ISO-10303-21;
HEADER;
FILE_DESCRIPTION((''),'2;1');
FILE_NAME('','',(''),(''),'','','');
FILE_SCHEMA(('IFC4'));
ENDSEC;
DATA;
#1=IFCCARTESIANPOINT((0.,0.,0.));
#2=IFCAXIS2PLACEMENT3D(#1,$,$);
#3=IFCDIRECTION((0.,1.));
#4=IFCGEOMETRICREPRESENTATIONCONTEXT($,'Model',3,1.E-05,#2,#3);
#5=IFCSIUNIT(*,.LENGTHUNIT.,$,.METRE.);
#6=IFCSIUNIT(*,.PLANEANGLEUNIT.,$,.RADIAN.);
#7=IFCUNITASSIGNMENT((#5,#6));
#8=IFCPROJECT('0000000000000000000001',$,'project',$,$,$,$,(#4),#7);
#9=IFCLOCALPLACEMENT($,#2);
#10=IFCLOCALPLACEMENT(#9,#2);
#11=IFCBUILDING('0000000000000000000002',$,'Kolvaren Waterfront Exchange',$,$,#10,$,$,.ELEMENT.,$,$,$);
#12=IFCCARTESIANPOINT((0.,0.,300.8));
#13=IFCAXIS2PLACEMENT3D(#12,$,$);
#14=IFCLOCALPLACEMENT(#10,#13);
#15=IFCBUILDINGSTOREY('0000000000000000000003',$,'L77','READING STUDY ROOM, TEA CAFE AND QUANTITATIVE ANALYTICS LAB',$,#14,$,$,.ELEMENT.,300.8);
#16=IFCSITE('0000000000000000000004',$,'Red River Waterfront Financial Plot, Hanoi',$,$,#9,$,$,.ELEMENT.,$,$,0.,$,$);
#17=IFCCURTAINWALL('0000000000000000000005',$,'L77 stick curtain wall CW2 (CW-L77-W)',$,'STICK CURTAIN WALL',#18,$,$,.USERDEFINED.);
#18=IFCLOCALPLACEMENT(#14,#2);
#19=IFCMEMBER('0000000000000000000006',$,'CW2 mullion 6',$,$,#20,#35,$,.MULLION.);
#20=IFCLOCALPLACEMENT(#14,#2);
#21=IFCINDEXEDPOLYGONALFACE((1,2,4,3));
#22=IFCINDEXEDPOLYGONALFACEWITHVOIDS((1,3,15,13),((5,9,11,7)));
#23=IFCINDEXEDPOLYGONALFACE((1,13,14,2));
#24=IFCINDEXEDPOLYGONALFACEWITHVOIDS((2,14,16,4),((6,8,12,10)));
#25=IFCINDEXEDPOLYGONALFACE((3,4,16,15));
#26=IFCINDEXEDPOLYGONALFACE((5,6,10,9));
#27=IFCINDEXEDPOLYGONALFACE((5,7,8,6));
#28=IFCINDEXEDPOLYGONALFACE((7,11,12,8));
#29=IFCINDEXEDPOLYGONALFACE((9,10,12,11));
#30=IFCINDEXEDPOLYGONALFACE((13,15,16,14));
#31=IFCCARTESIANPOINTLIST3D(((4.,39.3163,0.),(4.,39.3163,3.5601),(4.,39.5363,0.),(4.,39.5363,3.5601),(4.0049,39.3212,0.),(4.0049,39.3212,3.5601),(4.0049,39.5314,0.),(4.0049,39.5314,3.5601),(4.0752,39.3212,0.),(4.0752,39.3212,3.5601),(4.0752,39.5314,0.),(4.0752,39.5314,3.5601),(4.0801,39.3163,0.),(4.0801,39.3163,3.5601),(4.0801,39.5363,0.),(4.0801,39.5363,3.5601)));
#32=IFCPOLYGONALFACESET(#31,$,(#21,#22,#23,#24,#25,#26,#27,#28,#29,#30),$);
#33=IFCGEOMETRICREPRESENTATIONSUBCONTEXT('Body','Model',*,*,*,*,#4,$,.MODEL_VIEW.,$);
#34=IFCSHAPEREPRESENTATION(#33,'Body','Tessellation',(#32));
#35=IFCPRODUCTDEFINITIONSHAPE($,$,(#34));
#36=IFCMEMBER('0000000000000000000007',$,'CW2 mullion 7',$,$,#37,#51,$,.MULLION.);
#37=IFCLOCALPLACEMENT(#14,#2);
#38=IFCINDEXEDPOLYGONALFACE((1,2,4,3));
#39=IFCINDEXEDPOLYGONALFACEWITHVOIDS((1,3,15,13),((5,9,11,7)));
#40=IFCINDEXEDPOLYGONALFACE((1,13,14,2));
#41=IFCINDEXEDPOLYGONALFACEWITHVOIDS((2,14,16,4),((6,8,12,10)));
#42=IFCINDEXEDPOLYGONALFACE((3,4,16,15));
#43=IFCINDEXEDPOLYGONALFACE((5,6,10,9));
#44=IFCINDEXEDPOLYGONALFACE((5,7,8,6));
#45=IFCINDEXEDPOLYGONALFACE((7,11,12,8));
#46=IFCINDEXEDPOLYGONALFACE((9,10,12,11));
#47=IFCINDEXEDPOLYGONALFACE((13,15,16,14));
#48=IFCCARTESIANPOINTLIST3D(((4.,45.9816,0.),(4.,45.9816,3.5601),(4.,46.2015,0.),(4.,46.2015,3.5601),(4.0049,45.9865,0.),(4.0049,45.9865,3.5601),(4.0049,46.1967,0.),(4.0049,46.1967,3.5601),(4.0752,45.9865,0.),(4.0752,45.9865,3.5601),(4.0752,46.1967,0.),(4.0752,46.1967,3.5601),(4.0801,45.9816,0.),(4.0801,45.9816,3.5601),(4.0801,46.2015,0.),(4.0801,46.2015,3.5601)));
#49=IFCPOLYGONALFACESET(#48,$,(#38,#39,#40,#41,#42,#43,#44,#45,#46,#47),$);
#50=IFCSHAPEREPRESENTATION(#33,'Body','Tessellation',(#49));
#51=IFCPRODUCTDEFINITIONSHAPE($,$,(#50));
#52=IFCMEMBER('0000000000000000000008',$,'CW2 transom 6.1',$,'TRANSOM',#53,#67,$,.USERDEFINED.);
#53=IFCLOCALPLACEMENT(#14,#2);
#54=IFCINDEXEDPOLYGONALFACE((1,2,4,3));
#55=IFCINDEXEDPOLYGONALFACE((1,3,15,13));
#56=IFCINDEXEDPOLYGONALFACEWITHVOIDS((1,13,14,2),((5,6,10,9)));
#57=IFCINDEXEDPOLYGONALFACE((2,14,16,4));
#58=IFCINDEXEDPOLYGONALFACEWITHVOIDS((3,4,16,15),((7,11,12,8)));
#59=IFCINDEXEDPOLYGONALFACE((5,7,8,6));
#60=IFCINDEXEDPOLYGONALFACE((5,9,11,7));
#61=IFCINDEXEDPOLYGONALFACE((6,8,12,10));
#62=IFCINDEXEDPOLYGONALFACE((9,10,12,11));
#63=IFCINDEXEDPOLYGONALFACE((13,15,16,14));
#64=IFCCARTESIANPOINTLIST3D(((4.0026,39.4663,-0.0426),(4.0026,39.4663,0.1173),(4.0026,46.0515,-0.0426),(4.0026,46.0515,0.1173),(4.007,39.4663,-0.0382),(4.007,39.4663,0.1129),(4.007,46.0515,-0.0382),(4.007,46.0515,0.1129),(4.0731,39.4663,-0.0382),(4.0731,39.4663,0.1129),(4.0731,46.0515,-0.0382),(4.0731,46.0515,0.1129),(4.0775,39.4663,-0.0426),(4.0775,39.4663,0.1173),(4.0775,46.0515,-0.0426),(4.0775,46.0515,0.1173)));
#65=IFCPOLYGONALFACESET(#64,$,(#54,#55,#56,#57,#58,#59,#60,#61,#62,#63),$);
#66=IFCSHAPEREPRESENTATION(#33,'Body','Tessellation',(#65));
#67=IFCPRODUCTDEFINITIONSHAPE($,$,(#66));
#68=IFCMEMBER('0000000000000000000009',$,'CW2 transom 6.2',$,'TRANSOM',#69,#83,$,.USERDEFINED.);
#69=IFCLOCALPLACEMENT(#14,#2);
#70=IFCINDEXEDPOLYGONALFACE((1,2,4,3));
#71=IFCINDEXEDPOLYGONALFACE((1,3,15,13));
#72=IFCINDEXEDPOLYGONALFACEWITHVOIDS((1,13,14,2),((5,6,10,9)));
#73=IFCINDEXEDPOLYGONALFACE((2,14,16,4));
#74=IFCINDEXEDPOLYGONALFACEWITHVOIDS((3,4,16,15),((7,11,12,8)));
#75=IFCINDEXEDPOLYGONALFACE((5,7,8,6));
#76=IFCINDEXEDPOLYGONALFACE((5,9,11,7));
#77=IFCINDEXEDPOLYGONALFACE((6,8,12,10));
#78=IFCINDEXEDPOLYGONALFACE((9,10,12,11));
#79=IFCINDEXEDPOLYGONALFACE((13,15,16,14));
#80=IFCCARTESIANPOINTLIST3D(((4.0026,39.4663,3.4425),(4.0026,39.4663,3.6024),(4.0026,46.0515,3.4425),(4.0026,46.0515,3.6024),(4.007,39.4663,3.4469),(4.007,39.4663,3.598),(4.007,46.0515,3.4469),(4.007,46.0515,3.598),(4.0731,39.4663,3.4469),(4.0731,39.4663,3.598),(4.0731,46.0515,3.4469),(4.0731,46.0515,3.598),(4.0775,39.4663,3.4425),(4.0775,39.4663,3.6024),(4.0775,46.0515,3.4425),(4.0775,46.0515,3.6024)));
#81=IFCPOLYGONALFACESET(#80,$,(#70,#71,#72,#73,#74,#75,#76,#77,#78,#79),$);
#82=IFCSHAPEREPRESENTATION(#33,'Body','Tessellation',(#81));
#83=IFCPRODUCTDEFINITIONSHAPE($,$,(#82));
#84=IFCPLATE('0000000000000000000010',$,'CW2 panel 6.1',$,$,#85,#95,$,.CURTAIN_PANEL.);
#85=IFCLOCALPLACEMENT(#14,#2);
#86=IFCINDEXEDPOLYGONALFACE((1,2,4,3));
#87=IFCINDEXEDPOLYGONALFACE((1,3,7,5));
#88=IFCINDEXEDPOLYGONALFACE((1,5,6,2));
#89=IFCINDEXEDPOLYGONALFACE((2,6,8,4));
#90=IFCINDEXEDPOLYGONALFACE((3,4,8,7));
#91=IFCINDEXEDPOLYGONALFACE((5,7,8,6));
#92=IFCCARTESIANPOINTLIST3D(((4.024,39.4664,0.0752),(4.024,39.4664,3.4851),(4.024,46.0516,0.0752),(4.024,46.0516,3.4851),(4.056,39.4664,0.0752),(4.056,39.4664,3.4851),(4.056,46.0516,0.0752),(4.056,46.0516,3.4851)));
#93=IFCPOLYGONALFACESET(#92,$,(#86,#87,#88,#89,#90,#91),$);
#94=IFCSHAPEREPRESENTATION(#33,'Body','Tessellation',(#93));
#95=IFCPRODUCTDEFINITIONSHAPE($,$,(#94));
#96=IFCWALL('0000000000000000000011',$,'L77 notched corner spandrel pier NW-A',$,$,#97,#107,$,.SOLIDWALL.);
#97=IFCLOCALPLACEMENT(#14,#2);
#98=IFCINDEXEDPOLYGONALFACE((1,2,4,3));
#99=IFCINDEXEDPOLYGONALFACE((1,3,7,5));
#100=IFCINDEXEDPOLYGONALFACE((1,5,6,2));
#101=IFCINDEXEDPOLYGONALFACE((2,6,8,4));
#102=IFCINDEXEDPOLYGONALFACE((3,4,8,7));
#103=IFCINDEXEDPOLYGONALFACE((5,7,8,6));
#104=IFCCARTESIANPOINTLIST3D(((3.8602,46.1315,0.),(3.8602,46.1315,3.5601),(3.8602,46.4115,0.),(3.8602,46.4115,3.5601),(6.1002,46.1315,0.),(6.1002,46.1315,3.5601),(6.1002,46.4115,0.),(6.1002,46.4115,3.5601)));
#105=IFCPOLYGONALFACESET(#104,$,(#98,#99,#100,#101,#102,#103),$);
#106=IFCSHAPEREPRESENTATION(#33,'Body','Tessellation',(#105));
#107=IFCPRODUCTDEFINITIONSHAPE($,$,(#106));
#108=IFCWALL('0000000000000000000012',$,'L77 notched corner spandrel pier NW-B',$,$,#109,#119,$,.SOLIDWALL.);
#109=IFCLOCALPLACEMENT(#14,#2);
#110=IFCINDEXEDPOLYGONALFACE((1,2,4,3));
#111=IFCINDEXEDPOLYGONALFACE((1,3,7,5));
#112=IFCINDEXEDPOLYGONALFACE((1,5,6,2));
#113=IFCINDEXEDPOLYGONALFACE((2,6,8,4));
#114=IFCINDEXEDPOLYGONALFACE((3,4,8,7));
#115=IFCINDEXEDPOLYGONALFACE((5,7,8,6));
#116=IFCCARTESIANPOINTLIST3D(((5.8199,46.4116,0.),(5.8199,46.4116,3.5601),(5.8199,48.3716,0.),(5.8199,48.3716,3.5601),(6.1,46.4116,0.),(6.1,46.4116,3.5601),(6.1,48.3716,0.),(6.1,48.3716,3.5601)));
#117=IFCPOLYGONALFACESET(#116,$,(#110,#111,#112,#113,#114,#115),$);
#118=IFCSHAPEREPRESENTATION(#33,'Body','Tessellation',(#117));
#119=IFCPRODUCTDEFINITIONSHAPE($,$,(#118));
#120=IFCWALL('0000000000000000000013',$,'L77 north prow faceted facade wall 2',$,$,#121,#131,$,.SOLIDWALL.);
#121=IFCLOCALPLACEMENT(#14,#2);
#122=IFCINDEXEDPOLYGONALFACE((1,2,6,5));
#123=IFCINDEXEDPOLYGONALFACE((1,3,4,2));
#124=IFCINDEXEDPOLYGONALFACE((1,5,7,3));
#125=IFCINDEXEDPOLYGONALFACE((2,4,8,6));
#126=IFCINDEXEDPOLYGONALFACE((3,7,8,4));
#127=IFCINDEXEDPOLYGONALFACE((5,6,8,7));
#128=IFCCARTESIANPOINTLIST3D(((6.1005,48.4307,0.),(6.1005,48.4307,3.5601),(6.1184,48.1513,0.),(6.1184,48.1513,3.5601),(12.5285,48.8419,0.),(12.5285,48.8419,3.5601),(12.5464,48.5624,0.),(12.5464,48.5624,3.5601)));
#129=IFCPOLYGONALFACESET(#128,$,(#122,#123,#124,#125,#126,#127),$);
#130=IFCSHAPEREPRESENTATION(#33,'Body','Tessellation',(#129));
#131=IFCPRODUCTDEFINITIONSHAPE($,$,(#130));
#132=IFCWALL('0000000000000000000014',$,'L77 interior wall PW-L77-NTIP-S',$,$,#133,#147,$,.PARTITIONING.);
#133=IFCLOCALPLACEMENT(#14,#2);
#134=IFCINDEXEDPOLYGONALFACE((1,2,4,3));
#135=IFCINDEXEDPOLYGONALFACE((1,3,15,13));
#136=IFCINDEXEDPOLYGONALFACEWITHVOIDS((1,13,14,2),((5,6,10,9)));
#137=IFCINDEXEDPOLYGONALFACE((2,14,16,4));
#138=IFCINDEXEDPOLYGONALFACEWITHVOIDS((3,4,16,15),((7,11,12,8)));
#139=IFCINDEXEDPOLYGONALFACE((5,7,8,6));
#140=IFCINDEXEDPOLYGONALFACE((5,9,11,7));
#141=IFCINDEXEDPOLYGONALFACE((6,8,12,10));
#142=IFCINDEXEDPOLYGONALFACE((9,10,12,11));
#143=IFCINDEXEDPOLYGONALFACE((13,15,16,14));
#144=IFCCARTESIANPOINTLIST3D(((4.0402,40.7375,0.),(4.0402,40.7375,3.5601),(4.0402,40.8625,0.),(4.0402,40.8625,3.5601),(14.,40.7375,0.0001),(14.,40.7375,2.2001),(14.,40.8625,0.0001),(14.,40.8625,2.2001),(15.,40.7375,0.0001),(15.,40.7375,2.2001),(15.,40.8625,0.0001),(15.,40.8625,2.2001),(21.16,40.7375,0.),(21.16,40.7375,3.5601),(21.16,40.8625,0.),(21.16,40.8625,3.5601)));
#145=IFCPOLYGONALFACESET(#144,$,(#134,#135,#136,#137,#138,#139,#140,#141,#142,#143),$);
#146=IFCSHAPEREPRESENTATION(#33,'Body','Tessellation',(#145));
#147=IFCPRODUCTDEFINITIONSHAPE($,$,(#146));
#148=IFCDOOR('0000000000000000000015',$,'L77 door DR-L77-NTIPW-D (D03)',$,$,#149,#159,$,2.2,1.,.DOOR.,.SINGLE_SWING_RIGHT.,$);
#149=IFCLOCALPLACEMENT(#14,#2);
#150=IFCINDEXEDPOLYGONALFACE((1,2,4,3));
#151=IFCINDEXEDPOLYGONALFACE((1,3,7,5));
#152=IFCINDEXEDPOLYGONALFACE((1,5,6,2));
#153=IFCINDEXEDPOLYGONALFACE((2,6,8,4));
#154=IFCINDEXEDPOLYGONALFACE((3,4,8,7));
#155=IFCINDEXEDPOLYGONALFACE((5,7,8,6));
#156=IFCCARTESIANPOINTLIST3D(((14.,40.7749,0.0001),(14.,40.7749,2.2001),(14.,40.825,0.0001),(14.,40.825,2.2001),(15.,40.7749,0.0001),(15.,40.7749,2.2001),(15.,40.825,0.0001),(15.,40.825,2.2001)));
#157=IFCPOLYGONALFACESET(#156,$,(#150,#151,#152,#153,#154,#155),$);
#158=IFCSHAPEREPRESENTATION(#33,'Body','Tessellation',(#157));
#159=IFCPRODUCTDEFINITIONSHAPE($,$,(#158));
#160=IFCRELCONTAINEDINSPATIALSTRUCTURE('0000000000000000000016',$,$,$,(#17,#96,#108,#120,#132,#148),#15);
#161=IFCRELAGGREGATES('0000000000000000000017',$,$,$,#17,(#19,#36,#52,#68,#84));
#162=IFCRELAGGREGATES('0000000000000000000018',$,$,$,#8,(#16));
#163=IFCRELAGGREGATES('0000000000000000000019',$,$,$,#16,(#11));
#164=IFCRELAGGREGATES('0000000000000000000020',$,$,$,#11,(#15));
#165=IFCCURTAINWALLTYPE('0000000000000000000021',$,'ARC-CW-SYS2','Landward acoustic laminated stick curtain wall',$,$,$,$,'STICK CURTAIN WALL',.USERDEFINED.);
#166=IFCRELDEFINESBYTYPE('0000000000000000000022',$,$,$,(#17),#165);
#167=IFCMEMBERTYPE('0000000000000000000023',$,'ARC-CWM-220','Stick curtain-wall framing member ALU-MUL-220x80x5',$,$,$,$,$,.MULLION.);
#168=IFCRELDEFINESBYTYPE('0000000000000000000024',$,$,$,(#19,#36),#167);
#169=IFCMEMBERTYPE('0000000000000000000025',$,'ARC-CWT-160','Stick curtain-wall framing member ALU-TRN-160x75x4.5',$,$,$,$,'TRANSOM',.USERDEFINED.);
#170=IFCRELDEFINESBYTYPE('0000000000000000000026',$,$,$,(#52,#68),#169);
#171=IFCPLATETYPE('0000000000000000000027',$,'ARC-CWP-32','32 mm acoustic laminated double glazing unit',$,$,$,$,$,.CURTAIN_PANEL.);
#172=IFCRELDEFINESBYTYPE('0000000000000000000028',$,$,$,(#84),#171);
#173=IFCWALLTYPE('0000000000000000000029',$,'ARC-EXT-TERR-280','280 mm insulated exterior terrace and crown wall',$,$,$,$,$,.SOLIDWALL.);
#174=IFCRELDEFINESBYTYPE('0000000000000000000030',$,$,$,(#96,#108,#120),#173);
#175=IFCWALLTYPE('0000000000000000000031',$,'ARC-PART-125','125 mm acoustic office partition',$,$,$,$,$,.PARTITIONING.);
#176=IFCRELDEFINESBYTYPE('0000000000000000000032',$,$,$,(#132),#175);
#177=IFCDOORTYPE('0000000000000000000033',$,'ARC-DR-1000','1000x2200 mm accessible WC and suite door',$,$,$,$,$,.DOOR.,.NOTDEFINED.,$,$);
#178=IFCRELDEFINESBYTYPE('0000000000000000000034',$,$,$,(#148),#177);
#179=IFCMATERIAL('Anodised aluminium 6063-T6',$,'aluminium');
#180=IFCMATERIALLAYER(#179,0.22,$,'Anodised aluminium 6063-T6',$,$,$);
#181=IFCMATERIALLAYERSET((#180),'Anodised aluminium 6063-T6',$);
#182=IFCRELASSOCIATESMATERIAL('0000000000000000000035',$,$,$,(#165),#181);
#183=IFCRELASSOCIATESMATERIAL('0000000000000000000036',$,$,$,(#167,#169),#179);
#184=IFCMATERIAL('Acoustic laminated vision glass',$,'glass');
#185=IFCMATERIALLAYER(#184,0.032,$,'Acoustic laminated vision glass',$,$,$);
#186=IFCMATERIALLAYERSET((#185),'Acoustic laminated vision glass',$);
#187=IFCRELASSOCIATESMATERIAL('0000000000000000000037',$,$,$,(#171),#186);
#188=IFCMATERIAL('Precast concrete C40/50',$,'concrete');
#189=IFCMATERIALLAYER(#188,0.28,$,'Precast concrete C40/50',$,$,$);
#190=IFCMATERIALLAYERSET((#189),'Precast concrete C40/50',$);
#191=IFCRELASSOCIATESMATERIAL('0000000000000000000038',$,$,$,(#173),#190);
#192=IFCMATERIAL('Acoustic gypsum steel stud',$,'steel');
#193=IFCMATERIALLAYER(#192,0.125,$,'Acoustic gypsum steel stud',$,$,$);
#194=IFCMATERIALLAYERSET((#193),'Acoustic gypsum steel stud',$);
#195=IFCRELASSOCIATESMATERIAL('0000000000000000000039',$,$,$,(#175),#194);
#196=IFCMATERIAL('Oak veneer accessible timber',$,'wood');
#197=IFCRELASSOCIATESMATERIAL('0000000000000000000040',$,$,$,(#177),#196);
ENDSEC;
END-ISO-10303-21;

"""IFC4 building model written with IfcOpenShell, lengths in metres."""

from ifc_helpers import new_model, si_unit, direction, frame, frame_2d, origin, origin_with_axes, origin_2d, place, context, subcontext, project, spatial, rectangle, hollow_rectangle, extrude, source, transform, mapped, material, layer, layer_set, material_profile, profile_set, type_object, element, fill, aggregate, save


model = new_model("IFC4")

# Units and contexts
model_context = context("Model", 3, precision=1e-05, world=origin(), true_north=direction((0.0, 1.0)))
body_context = subcontext(model_context, "Body", "Model", "MODEL_VIEW")
ifc_project = project(units=[si_unit("LENGTHUNIT", "METRE"), si_unit("PLANEANGLEUNIT", "RADIAN")], contexts=[model_context])

# Site, building, storey
site_placement = place(None, origin())
site = spatial("IfcSite", under=ifc_project, at=site_placement, Name="Red River Waterfront Financial Plot, Hanoi", CompositionType="ELEMENT", RefElevation=0.0)
building_placement = place(site_placement, origin())
building = spatial("IfcBuilding", under=site, at=building_placement, Name="Kolvaren Waterfront Exchange", CompositionType="ELEMENT")
storey_placement = place(building_placement, frame((0.0, 0.0, 300.8)))
storey = spatial("IfcBuildingStorey", under=building, at=storey_placement, Name="L77", Description="READING STUDY ROOM, TEA CAFE AND QUANTITATIVE ANALYTICS LAB", CompositionType="ELEMENT", Elevation=300.8)

# Curtain wall, members, plate
ifc_material_1 = material(Name="Anodised aluminium 6063-T6", Category="aluminium")
ifc_layer_1 = layer(ifc_material_1, 0.22, Name="Anodised aluminium 6063-T6")
ifc_layer_set_1 = layer_set([ifc_layer_1], Name="Anodised aluminium 6063-T6")
curtain_wall_type = type_object("IfcCurtainWallType", Name="ARC-CW-SYS2", Description="Landward acoustic laminated stick curtain wall", ElementType="STICK CURTAIN WALL", PredefinedType="USERDEFINED", material=ifc_layer_set_1)
curtain_wall_placement = place(storey_placement, origin())
curtain_wall = element("IfcCurtainWall", 1, at=curtain_wall_placement, inside=storey, type_object=curtain_wall_type, Name="L77 stick curtain wall CW2 (CW-L77-W)", ObjectType="STICK CURTAIN WALL", PredefinedType="USERDEFINED")
ifc_material_profile_1 = material_profile(ifc_material_1, hollow_rectangle(XDim=0.0801, YDim=0.22, WallThickness=0.0049, at=origin_2d()), Name="ALU-MUL-220x80x5")
ifc_profile_set_1 = profile_set([ifc_material_profile_1], Name="Anodised aluminium 6063-T6")
member_type_1 = type_object("IfcMemberType", Name="ARC-CWM-220", Description="Stick curtain-wall framing member ALU-MUL-220x80x5", PredefinedType="MULLION", material=ifc_profile_set_1)
shared_shape_1 = source(origin_with_axes(), body_context, "Body", "SweptSolid", [
    extrude(hollow_rectangle(XDim=0.0801, YDim=0.22, WallThickness=0.0049, at=origin_2d()), origin(), (0.0, 0.0, 1.0), 3.5601),
])
member_1_placement = place(storey_placement, frame((4.04, 39.4263, 0.0), z_axis=(0.0, 0.0, 1.0), x_axis=(-1.0, 0.0, 0.0)))
member_1 = element("IfcMember", 2, at=member_1_placement, type_object=member_type_1, Name="CW2 mullion 6", PredefinedType="MULLION", context=body_context, shape_type="MappedRepresentation", body=[
    mapped(shared_shape_1, transform((0.0, 0.0, 0.0), x_axis=(1.0, 0.0, 0.0), y_axis=(0.0, 1.0, 0.0), z_axis=(0.0, 0.0, 1.0), scale=1.0)),
])
member_2_placement = place(storey_placement, frame((4.04, 46.0916, 0.0), z_axis=(0.0, 0.0, 1.0), x_axis=(-1.0, 0.0, 0.0)))
member_2 = element("IfcMember", 3, at=member_2_placement, type_object=member_type_1, Name="CW2 mullion 7", PredefinedType="MULLION", context=body_context, shape_type="MappedRepresentation", body=[
    mapped(shared_shape_1, transform((0.0, 0.0, 0.0), x_axis=(1.0, 0.0, 0.0), y_axis=(0.0, 1.0, 0.0), z_axis=(0.0, 0.0, 1.0), scale=1.0)),
])
ifc_material_profile_2 = material_profile(ifc_material_1, hollow_rectangle(XDim=0.075, YDim=0.1599, WallThickness=0.0044, at=origin_2d()), Name="ALU-TRN-160x75x4.5")
ifc_profile_set_2 = profile_set([ifc_material_profile_2], Name="Anodised aluminium 6063-T6")
member_type_2 = type_object("IfcMemberType", Name="ARC-CWT-160", Description="Stick curtain-wall framing member ALU-TRN-160x75x4.5", ElementType="TRANSOM", PredefinedType="USERDEFINED", material=ifc_profile_set_2)
shared_shape_2 = source(origin_with_axes(), body_context, "Body", "SweptSolid", [
    extrude(hollow_rectangle(XDim=0.075, YDim=0.1599, WallThickness=0.0044, at=origin_2d()), origin(), (0.0, 0.0, 1.0), 6.5852),
])
member_3_placement = place(storey_placement, frame((4.04, 39.4663, 0.0374), z_axis=(0.0, 1.0, 0.0), x_axis=(-1.0, 0.0, 0.0)))
member_3 = element("IfcMember", 4, at=member_3_placement, type_object=member_type_2, Name="CW2 transom 6.1", ObjectType="TRANSOM", PredefinedType="USERDEFINED", context=body_context, shape_type="MappedRepresentation", body=[
    mapped(shared_shape_2, transform((0.0, 0.0, 0.0), x_axis=(1.0, 0.0, 0.0), y_axis=(0.0, 1.0, 0.0), z_axis=(0.0, 0.0, 1.0), scale=1.0)),
])
member_4_placement = place(storey_placement, frame((4.04, 39.4663, 3.5225), z_axis=(0.0, 1.0, 0.0), x_axis=(-1.0, 0.0, 0.0)))
member_4 = element("IfcMember", 5, at=member_4_placement, type_object=member_type_2, Name="CW2 transom 6.2", ObjectType="TRANSOM", PredefinedType="USERDEFINED", context=body_context, shape_type="MappedRepresentation", body=[
    mapped(shared_shape_2, transform((0.0, 0.0, 0.0), x_axis=(1.0, 0.0, 0.0), y_axis=(0.0, 1.0, 0.0), z_axis=(0.0, 0.0, 1.0), scale=1.0)),
])
ifc_material_2 = material(Name="Acoustic laminated vision glass", Category="glass")
ifc_layer_2 = layer(ifc_material_2, 0.032, Name="Acoustic laminated vision glass")
ifc_layer_set_2 = layer_set([ifc_layer_2], Name="Acoustic laminated vision glass")
plate_type = type_object("IfcPlateType", Name="ARC-CWP-32", Description="32 mm acoustic laminated double glazing unit", PredefinedType="CURTAIN_PANEL", material=ifc_layer_set_2)
shared_shape_3 = source(origin_with_axes(), body_context, "Body", "SweptSolid", [
    extrude(rectangle(XDim=6.5852, YDim=0.032, at=origin_2d()), origin(), (0.0, 0.0, 1.0), 3.4099),
])
plate_placement = place(storey_placement, frame((4.04, 42.759, 0.0752), z_axis=(0.0, 0.0, 1.0), x_axis=(0.0, 1.0, 0.0)))
plate = element("IfcPlate", 6, at=plate_placement, type_object=plate_type, Name="CW2 panel 6.1", PredefinedType="CURTAIN_PANEL", context=body_context, shape_type="MappedRepresentation", body=[
    mapped(shared_shape_3, transform((0.0, 0.0, 0.0), x_axis=(1.0, 0.0, 0.0), y_axis=(0.0, 1.0, 0.0), z_axis=(0.0, 0.0, 1.0), scale=1.0)),
])
aggregate(curtain_wall, [member_1, member_2, member_3, member_4, plate])

# Walls
ifc_material_3 = material(Name="Precast concrete C40/50", Category="concrete")
ifc_layer_3 = layer(ifc_material_3, 0.28, Name="Precast concrete C40/50")
ifc_layer_set_3 = layer_set([ifc_layer_3], Name="Precast concrete C40/50")
wall_type_1 = type_object("IfcWallType", Name="ARC-EXT-TERR-280", Description="280 mm insulated exterior terrace and crown wall", PredefinedType="SOLIDWALL", material=ifc_layer_set_3)
wall_1_placement = place(storey_placement, frame((3.8601, 46.2715, 0.0), z_axis=(0.0, 0.0, 1.0), x_axis=(1.0, 0.0, 0.0)))
element("IfcWall", 7, at=wall_1_placement, inside=storey, type_object=wall_type_1, Name="L77 notched corner spandrel pier NW-A", PredefinedType="SOLIDWALL", context=body_context, shape_type="SweptSolid", body=[
    extrude(rectangle(XDim=2.24, YDim=0.28, at=frame_2d((1.1201, 0.0))), origin(), (0.0, 0.0, 1.0), 3.5601),
])
wall_2_placement = place(storey_placement, frame((5.96, 46.4116, 0.0), z_axis=(0.0, 0.0, 1.0), x_axis=(0.0, 1.0, 0.0)))
element("IfcWall", 8, at=wall_2_placement, inside=storey, type_object=wall_type_1, Name="L77 notched corner spandrel pier NW-B", PredefinedType="SOLIDWALL", context=body_context, shape_type="SweptSolid", body=[
    extrude(rectangle(XDim=1.96, YDim=0.28, at=frame_2d((0.98, 0.0))), origin(), (0.0, 0.0, 1.0), 3.5601),
])
wall_3_placement = place(storey_placement, frame((12.5376, 48.7021, 0.0), z_axis=(0.0, 0.0, 1.0), x_axis=(-0.997961, -0.063829, 0.0)))
element("IfcWall", 9, at=wall_3_placement, inside=storey, type_object=wall_type_1, Name="L77 north prow faceted facade wall 2", PredefinedType="SOLIDWALL", context=body_context, shape_type="SweptSolid", body=[
    extrude(rectangle(XDim=6.4412, YDim=0.28, at=frame_2d((3.2207, 0.0))), origin(), (0.0, 0.0, 1.0), 3.5601),
])

# Wall, opening, door
ifc_material_4 = material(Name="Acoustic gypsum steel stud", Category="steel")
ifc_layer_4 = layer(ifc_material_4, 0.125, Name="Acoustic gypsum steel stud")
ifc_layer_set_4 = layer_set([ifc_layer_4], Name="Acoustic gypsum steel stud")
wall_type_2 = type_object("IfcWallType", Name="ARC-PART-125", Description="125 mm acoustic office partition", PredefinedType="PARTITIONING", material=ifc_layer_set_4)
wall_4_placement = place(storey_placement, frame((4.04, 40.8, 0.0), z_axis=(0.0, 0.0, 1.0), x_axis=(1.0, 0.0, 0.0)))
wall_4 = element("IfcWall", 10, at=wall_4_placement, inside=storey, type_object=wall_type_2, Name="L77 interior wall PW-L77-NTIP-S", PredefinedType="PARTITIONING", context=body_context, shape_type="SweptSolid", body=[
    extrude(rectangle(XDim=17.1199, YDim=0.125, at=frame_2d((8.5601, 0.0))), origin(), (0.0, 0.0, 1.0), 3.5601),
])
opening_1_placement = place(wall_4_placement, frame((9.96, 0.0, 0.0)))
opening_1 = element("IfcOpeningElement", 11, at=opening_1_placement, cuts=wall_4, PredefinedType="OPENING", context=body_context, shape_type="SweptSolid", body=[
    extrude(rectangle(XDim=1.0, YDim=2.2, at=frame_2d((0.5, 1.1001))), frame((0.0, 0.0725, 0.0), z_axis=(0.0, -1.0, 0.0), x_axis=(1.0, 0.0, 0.0)), (0.0, 0.0, 1.0), 0.145),
])
ifc_material_5 = material(Name="Oak veneer accessible timber", Category="wood")
door_type_1 = type_object("IfcDoorType", Name="ARC-DR-1000", Description="1000x2200 mm accessible WC and suite door", OperationType="NOTDEFINED", PredefinedType="DOOR", material=ifc_material_5)
door_1_placement = place(opening_1_placement, origin())
door_1 = element("IfcDoor", 12, at=door_1_placement, inside=storey, type_object=door_type_1, Name="L77 door DR-L77-NTIPW-D (D03)", OperationType="SINGLE_SWING_RIGHT", OverallHeight=2.2, OverallWidth=1.0, PredefinedType="DOOR", context=body_context, shape_type="SweptSolid", body=[
    extrude(rectangle(XDim=1.0, YDim=2.2, at=frame_2d((0.5, 1.1001))), frame((0.0, 0.0249, 0.0), z_axis=(0.0, -1.0, 0.0), x_axis=(1.0, 0.0, 0.0)), (0.0, 0.0, 1.0), 0.05),
])
fill(opening_1, door_1)

save(model, "model.ifc")
